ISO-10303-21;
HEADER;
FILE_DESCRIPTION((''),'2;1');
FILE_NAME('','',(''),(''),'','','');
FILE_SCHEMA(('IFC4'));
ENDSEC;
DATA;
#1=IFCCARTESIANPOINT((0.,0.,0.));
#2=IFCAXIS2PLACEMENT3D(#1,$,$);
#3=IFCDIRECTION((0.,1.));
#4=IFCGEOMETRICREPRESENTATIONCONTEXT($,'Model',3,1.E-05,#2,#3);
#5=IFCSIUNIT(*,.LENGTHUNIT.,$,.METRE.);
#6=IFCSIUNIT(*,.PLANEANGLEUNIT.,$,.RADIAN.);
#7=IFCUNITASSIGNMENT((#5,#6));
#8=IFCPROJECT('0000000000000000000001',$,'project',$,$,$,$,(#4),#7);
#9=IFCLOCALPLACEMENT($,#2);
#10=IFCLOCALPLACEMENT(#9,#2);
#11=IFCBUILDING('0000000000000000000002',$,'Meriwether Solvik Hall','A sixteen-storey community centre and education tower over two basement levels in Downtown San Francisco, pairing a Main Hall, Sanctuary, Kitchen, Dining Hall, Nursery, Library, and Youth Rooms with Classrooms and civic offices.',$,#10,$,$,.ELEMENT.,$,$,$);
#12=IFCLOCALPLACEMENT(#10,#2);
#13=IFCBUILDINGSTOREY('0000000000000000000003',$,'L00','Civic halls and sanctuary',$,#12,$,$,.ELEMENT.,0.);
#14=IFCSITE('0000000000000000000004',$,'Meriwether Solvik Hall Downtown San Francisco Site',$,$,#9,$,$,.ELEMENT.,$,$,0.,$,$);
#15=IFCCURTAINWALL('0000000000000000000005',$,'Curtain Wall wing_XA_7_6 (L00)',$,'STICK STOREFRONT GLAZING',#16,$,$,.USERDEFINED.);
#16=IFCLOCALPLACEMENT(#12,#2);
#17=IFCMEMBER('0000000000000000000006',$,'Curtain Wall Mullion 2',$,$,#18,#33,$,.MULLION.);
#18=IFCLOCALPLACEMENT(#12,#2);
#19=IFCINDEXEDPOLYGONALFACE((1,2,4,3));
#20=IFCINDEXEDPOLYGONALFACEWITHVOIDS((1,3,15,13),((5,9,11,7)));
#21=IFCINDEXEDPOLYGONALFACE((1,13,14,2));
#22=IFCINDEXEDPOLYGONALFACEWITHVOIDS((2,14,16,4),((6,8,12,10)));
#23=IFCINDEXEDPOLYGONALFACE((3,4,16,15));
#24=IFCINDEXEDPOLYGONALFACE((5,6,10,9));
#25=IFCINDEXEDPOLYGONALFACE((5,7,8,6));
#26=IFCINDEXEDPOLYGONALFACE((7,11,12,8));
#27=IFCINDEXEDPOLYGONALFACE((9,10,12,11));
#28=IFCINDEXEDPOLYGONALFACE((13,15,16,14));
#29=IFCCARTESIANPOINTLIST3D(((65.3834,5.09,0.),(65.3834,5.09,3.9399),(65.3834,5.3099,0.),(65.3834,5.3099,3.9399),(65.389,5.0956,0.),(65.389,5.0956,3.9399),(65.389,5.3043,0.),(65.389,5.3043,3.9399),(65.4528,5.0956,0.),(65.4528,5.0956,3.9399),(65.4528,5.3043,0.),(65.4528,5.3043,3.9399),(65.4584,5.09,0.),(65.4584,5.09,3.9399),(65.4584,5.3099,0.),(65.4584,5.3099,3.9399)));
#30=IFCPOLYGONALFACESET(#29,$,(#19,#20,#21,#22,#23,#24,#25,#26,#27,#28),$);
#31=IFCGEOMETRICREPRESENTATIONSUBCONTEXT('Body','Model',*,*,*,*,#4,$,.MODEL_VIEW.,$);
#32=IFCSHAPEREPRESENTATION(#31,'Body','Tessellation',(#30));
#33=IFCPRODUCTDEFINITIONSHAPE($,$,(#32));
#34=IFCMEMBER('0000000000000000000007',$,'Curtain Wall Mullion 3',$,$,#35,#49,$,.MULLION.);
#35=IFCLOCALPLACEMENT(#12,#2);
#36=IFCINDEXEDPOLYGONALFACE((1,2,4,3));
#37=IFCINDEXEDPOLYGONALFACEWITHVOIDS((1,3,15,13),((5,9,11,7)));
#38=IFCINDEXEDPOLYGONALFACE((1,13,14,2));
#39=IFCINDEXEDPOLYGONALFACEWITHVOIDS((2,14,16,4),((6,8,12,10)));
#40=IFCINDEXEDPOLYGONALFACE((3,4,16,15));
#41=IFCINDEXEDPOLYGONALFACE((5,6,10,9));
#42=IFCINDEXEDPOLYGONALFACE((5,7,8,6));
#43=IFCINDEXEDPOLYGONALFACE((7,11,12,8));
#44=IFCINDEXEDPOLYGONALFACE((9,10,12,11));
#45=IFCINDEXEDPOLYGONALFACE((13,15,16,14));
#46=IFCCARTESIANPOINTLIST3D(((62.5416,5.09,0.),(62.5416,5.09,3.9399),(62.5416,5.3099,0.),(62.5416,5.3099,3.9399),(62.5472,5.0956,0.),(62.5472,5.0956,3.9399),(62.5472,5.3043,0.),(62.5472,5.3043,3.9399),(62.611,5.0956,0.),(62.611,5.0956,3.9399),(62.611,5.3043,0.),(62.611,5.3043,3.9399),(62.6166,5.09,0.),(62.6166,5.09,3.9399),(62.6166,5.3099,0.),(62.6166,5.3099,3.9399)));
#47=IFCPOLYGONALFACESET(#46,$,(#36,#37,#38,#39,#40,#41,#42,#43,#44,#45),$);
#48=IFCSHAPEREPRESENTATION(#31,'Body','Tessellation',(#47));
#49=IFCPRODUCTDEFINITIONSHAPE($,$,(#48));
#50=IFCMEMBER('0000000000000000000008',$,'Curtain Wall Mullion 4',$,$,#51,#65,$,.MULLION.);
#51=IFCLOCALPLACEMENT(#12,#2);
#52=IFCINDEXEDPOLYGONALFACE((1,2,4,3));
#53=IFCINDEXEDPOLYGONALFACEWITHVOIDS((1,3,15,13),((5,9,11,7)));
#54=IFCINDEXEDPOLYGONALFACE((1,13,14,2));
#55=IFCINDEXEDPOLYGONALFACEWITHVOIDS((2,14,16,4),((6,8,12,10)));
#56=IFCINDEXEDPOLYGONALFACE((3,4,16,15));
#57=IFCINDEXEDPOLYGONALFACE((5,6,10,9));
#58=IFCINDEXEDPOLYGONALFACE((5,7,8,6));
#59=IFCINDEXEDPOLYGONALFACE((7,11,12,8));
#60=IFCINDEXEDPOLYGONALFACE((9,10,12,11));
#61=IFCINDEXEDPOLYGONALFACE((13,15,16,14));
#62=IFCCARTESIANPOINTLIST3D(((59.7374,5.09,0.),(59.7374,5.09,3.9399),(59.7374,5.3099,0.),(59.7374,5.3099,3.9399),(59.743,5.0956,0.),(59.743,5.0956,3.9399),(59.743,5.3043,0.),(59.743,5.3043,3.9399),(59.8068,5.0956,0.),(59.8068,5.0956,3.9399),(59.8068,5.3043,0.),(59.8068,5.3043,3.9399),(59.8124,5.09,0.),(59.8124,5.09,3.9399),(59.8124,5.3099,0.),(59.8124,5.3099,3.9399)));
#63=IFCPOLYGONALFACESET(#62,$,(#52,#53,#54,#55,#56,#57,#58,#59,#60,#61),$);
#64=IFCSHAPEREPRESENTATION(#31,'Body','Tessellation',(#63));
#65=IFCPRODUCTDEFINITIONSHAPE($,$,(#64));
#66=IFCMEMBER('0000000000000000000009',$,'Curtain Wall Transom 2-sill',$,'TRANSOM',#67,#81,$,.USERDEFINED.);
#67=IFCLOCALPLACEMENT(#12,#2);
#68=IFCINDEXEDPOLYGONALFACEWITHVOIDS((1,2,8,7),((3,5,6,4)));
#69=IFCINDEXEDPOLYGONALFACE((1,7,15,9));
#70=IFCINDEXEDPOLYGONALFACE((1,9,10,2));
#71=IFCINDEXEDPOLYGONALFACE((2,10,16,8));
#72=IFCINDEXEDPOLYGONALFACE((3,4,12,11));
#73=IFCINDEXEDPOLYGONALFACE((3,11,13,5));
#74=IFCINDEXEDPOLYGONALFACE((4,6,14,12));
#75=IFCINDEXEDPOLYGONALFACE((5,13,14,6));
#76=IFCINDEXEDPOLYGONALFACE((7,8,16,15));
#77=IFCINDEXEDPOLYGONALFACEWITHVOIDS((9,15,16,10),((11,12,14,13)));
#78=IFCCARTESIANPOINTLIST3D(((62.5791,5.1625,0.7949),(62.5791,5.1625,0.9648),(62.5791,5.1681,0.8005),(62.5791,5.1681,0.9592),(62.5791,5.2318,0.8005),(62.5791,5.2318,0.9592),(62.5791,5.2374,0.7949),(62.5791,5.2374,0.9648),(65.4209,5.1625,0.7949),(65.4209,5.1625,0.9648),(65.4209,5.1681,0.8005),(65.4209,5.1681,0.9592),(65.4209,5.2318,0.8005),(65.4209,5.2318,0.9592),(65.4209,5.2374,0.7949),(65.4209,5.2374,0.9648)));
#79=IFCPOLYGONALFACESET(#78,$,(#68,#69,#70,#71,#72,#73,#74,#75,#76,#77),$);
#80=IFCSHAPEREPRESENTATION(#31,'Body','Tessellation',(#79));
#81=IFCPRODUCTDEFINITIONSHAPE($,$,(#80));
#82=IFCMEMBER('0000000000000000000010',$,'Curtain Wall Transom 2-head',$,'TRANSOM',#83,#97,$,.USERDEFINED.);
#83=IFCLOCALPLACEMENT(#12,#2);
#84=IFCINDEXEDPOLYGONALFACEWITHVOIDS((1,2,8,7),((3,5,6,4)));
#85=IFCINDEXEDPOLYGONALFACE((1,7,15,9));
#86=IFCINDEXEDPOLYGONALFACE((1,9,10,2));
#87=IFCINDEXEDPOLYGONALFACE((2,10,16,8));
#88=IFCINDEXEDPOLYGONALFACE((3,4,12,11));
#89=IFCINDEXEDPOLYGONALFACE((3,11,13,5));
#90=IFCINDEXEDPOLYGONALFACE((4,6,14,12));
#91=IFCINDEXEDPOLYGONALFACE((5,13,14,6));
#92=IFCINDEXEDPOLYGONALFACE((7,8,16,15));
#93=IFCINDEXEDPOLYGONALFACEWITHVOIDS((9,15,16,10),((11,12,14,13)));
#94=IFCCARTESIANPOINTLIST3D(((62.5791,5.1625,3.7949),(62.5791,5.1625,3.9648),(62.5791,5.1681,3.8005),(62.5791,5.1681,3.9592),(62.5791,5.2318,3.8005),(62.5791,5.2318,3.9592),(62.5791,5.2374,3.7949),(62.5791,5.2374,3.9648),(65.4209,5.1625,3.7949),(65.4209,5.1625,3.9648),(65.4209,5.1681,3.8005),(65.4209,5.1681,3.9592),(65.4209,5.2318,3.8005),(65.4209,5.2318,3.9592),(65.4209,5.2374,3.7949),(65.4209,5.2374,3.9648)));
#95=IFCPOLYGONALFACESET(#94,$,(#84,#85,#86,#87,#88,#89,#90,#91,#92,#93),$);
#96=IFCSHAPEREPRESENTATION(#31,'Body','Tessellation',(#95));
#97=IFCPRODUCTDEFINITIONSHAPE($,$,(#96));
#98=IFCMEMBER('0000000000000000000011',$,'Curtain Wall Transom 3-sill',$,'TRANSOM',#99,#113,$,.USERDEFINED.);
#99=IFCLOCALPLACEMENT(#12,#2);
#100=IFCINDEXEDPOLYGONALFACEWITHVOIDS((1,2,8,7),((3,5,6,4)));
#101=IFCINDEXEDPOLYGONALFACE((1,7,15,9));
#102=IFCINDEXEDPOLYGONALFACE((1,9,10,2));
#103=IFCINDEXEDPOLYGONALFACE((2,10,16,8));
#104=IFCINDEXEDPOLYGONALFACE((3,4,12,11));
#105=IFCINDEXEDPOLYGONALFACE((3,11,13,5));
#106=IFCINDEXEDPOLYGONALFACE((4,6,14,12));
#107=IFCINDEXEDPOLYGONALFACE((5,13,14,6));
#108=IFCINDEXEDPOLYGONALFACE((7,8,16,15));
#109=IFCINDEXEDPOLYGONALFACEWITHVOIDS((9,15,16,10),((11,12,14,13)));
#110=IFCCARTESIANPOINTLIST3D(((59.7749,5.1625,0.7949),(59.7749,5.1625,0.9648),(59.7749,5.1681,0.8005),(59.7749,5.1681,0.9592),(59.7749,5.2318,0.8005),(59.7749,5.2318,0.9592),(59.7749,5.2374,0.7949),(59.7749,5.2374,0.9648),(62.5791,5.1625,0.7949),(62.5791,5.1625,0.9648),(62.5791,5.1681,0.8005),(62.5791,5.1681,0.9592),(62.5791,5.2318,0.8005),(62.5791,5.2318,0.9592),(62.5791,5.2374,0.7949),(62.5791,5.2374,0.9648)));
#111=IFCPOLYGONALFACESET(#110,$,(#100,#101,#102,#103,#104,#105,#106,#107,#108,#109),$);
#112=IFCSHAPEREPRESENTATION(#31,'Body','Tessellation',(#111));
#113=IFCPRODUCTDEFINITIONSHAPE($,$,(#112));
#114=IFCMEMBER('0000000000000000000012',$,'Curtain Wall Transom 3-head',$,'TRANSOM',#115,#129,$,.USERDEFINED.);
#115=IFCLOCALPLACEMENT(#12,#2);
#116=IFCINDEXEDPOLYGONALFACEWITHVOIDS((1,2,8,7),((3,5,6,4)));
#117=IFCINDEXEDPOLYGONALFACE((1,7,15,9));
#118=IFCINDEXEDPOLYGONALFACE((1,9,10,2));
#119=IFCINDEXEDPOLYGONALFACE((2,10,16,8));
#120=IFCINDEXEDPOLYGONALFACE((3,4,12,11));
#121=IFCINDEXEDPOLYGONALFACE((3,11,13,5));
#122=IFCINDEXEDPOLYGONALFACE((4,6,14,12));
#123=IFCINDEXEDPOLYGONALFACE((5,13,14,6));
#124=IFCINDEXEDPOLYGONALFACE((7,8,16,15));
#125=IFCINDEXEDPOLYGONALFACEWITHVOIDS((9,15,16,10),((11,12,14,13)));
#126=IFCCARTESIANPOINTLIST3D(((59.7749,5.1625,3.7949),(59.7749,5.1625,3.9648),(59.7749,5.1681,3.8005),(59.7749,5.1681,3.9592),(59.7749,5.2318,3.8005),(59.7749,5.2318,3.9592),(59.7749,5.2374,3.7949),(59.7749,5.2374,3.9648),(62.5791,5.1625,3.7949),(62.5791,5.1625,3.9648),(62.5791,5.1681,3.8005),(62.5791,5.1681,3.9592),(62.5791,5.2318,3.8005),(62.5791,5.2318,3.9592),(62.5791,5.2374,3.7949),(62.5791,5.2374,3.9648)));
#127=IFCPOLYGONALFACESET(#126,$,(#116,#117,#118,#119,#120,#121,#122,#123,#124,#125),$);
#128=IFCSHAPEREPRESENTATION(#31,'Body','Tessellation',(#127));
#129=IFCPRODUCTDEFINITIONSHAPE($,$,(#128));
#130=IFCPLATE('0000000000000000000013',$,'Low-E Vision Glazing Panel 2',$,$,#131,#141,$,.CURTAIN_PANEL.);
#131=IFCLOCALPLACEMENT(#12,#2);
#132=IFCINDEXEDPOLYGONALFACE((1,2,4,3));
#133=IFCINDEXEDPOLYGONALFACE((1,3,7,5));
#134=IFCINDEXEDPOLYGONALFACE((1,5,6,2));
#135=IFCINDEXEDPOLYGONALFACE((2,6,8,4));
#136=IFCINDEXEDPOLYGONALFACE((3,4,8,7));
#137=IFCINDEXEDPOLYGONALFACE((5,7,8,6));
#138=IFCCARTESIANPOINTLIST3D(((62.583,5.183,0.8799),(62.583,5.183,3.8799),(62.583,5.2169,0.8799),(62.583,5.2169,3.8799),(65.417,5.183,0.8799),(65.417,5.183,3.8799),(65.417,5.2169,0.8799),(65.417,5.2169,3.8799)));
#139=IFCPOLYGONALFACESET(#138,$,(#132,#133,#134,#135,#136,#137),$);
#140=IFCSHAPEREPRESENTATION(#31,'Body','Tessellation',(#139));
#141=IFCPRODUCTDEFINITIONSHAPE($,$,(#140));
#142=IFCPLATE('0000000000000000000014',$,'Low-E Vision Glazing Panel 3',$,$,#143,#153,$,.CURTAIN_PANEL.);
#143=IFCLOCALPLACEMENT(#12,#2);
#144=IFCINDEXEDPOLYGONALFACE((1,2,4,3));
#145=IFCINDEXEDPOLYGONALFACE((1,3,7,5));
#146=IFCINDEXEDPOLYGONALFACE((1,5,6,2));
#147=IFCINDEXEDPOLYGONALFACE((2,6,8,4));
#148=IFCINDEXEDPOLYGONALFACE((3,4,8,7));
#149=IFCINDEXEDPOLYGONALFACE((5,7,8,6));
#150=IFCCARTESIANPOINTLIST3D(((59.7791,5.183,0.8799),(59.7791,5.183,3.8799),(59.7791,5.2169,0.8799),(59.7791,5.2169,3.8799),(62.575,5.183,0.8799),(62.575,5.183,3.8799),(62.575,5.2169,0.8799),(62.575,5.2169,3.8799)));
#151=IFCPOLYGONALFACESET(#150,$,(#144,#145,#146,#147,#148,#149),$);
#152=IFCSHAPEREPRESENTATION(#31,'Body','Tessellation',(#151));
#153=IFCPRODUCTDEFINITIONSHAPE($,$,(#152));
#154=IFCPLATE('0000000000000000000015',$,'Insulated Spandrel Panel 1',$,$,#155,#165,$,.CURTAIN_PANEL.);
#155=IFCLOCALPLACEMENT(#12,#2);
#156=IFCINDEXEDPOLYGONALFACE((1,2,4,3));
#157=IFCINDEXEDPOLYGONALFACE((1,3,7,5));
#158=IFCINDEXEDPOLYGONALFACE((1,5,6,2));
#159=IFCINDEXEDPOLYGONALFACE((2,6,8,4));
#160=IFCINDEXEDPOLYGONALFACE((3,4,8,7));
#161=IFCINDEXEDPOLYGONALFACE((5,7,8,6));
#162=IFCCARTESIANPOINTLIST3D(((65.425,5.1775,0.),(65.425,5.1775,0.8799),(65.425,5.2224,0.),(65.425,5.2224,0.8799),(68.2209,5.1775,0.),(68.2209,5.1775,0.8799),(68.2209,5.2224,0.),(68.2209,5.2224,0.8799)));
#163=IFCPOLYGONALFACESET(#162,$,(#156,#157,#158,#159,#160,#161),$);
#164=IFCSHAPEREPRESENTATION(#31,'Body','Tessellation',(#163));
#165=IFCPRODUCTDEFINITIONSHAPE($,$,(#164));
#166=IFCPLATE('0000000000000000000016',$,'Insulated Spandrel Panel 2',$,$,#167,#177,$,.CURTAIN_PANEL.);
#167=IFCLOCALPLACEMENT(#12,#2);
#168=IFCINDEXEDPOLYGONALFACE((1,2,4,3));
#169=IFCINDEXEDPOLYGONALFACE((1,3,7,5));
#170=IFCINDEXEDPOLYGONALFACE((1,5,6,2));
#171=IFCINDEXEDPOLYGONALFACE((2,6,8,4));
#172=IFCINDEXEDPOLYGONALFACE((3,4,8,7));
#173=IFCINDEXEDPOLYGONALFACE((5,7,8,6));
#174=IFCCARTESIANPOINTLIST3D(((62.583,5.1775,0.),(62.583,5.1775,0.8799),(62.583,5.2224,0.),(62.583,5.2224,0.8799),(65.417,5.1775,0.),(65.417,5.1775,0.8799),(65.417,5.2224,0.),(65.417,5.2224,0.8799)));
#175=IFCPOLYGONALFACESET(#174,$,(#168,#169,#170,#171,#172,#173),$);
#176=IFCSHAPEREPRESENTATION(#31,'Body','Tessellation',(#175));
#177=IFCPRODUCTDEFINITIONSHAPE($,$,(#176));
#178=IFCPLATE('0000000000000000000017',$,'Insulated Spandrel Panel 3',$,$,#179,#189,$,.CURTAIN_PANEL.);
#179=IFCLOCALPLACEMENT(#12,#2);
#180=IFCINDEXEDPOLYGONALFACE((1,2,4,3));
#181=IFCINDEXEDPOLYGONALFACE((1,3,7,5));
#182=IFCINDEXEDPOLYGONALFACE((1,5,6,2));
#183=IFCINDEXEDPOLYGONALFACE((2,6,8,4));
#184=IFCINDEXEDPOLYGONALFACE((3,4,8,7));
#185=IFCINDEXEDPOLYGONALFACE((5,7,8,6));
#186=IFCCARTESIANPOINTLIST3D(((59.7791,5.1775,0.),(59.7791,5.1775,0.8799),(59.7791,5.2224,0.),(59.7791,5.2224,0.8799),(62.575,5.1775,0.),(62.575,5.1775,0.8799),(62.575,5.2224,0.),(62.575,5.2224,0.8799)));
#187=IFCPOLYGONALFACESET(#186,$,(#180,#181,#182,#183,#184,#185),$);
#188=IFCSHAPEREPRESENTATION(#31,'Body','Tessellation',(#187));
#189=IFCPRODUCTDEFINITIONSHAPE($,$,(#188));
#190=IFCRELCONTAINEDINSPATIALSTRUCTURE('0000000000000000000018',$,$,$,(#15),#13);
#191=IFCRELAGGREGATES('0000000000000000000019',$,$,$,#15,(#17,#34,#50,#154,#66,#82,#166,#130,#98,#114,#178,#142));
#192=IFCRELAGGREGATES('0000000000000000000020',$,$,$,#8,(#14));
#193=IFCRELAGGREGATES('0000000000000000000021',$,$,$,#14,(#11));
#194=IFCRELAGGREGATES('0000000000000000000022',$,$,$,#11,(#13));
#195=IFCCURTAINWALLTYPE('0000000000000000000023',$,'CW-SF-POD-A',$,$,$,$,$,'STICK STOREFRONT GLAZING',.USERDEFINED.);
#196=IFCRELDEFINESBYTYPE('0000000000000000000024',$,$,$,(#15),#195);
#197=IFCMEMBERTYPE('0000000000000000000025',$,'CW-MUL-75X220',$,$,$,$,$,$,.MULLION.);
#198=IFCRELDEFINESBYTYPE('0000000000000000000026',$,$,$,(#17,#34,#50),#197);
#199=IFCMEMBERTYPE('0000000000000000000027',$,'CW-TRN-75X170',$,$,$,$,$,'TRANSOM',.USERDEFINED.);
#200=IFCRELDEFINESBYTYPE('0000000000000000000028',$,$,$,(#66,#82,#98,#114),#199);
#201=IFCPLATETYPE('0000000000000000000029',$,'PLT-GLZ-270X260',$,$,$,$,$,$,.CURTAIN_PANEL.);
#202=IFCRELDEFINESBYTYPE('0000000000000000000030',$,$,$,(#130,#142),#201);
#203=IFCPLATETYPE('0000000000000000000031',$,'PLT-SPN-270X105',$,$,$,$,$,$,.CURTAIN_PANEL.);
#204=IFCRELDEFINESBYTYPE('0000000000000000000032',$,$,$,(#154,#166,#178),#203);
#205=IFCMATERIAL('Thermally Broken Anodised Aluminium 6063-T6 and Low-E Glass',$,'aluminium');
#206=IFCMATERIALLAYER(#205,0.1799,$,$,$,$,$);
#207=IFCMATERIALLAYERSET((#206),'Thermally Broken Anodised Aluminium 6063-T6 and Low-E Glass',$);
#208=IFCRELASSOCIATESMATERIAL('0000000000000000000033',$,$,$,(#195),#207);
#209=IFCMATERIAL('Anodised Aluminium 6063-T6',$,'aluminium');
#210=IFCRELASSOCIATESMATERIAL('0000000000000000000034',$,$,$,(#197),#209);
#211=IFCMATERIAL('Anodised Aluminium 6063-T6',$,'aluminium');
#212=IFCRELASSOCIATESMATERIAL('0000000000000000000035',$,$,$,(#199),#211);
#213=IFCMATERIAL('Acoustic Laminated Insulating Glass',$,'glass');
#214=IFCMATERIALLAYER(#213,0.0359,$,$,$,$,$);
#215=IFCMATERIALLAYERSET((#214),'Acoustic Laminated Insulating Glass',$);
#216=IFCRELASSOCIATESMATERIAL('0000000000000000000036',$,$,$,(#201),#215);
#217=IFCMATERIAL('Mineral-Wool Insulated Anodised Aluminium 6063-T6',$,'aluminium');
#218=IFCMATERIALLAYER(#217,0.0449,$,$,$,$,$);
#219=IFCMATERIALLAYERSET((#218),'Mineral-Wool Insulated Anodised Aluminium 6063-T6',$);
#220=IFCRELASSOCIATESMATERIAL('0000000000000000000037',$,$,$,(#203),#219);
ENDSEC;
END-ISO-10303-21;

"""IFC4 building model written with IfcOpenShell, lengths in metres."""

from ifc_helpers import new_model, si_unit, direction, frame, origin, origin_2d, place, context, subcontext, project, spatial, rectangle, hollow_rectangle, extrude, material, layer, layer_set, material_profile, profile_set, type_object, element, aggregate, save


model = new_model("IFC4")

# Units and contexts
model_context = context("Model", 3, precision=1e-05, world=origin(), true_north=direction((0.0, 1.0)))
body_context = subcontext(model_context, "Body", "Model", "MODEL_VIEW")
ifc_project = project(units=[si_unit("LENGTHUNIT", "METRE"), si_unit("PLANEANGLEUNIT", "RADIAN")], contexts=[model_context])

# Site, building, storey
site_placement = place(None, origin())
site = spatial("IfcSite", under=ifc_project, at=site_placement, Name="Meriwether Solvik Hall Downtown San Francisco Site", CompositionType="ELEMENT", RefElevation=0.0)
building_placement = place(site_placement, origin())
building = spatial("IfcBuilding", under=site, at=building_placement, Name="Meriwether Solvik Hall", Description="A sixteen-storey community centre and education tower over two basement levels in Downtown San Francisco, pairing a Main Hall, Sanctuary, Kitchen, Dining Hall, Nursery, Library, and Youth Rooms with Classrooms and civic offices.", CompositionType="ELEMENT")
storey_placement = place(building_placement, origin())
storey = spatial("IfcBuildingStorey", under=building, at=storey_placement, Name="L00", Description="Civic halls and sanctuary", CompositionType="ELEMENT", Elevation=0.0)

# Curtain wall, members, plates
ifc_material_1 = material(Name="Thermally Broken Anodised Aluminium 6063-T6 and Low-E Glass", Category="aluminium")
ifc_layer_1 = layer(ifc_material_1, 0.1799)
ifc_layer_set_1 = layer_set([ifc_layer_1], Name="Thermally Broken Anodised Aluminium 6063-T6 and Low-E Glass")
curtain_wall_type = type_object("IfcCurtainWallType", Name="CW-SF-POD-A", ElementType="STICK STOREFRONT GLAZING", PredefinedType="USERDEFINED", material=ifc_layer_set_1)
curtain_wall_placement = place(storey_placement, origin())
curtain_wall = element("IfcCurtainWall", 1, at=curtain_wall_placement, inside=storey, type_object=curtain_wall_type, Name="Curtain Wall wing_XA_7_6 (L00)", ObjectType="STICK STOREFRONT GLAZING", PredefinedType="USERDEFINED")
ifc_material_2 = material(Name="Anodised Aluminium 6063-T6", Category="aluminium")
ifc_material_profile_1 = material_profile(ifc_material_2, hollow_rectangle(XDim=0.075, YDim=0.22, WallThickness=0.0056, at=origin_2d()), Name="CWM-75X220")
ifc_profile_set_1 = profile_set([ifc_material_profile_1], Name="Anodised Aluminium 6063-T6")
member_type_1 = type_object("IfcMemberType", Name="CW-MUL-75X220", PredefinedType="MULLION", material=ifc_profile_set_1)
member_1_placement = place(storey_placement, frame((65.4209, 5.2, 0.0), z_axis=(0.0, 0.0, 1.0), x_axis=(-1.0, 0.0, 0.0)))
member_1 = element("IfcMember", 2, at=member_1_placement, type_object=member_type_1, Name="Curtain Wall Mullion 2", PredefinedType="MULLION", context=body_context, shape_type="SweptSolid", body=[
    extrude(hollow_rectangle(XDim=0.075, YDim=0.22, WallThickness=0.0056, at=origin_2d()), origin(), (0.0, 0.0, 1.0), 3.9399),
])
member_2_placement = place(storey_placement, frame((62.5791, 5.2, 0.0), z_axis=(0.0, 0.0, 1.0), x_axis=(-1.0, 0.0, 0.0)))
member_2 = element("IfcMember", 3, at=member_2_placement, type_object=member_type_1, Name="Curtain Wall Mullion 3", PredefinedType="MULLION", context=body_context, shape_type="SweptSolid", body=[
    extrude(hollow_rectangle(XDim=0.075, YDim=0.22, WallThickness=0.0056, at=origin_2d()), origin(), (0.0, 0.0, 1.0), 3.9399),
])
member_3_placement = place(storey_placement, frame((59.7749, 5.2, 0.0), z_axis=(0.0, 0.0, 1.0), x_axis=(-1.0, 0.0, 0.0)))
member_3 = element("IfcMember", 4, at=member_3_placement, type_object=member_type_1, Name="Curtain Wall Mullion 4", PredefinedType="MULLION", context=body_context, shape_type="SweptSolid", body=[
    extrude(hollow_rectangle(XDim=0.075, YDim=0.22, WallThickness=0.0056, at=origin_2d()), origin(), (0.0, 0.0, 1.0), 3.9399),
])
ifc_material_3 = material(Name="Anodised Aluminium 6063-T6", Category="aluminium")
ifc_material_profile_2 = material_profile(ifc_material_3, hollow_rectangle(XDim=0.075, YDim=0.1699, WallThickness=0.0056, at=origin_2d()), Name="CWT-75X170")
ifc_profile_set_2 = profile_set([ifc_material_profile_2], Name="Anodised Aluminium 6063-T6")
member_type_2 = type_object("IfcMemberType", Name="CW-TRN-75X170", ElementType="TRANSOM", PredefinedType="USERDEFINED", material=ifc_profile_set_2)
member_4_placement = place(storey_placement, frame((65.4209, 5.2, 0.8799), z_axis=(-1.0, 0.0, 0.0), x_axis=(0.0, -1.0, 0.0)))
member_4 = element("IfcMember", 5, at=member_4_placement, type_object=member_type_2, Name="Curtain Wall Transom 2-sill", ObjectType="TRANSOM", PredefinedType="USERDEFINED", context=body_context, shape_type="SweptSolid", body=[
    extrude(hollow_rectangle(XDim=0.075, YDim=0.1699, WallThickness=0.0056, at=origin_2d()), origin(), (0.0, 0.0, 1.0), 2.8418),
])
member_5_placement = place(storey_placement, frame((65.4209, 5.2, 3.8799), z_axis=(-1.0, 0.0, 0.0), x_axis=(0.0, -1.0, 0.0)))
member_5 = element("IfcMember", 6, at=member_5_placement, type_object=member_type_2, Name="Curtain Wall Transom 2-head", ObjectType="TRANSOM", PredefinedType="USERDEFINED", context=body_context, shape_type="SweptSolid", body=[
    extrude(hollow_rectangle(XDim=0.075, YDim=0.1699, WallThickness=0.0056, at=origin_2d()), origin(), (0.0, 0.0, 1.0), 2.8418),
])
member_6_placement = place(storey_placement, frame((62.5791, 5.2, 0.8799), z_axis=(-1.0, 0.0, 0.0), x_axis=(0.0, -1.0, 0.0)))
member_6 = element("IfcMember", 7, at=member_6_placement, type_object=member_type_2, Name="Curtain Wall Transom 3-sill", ObjectType="TRANSOM", PredefinedType="USERDEFINED", context=body_context, shape_type="SweptSolid", body=[
    extrude(hollow_rectangle(XDim=0.075, YDim=0.1699, WallThickness=0.0056, at=origin_2d()), origin(), (0.0, 0.0, 1.0), 2.8042),
])
member_7_placement = place(storey_placement, frame((62.5791, 5.2, 3.8799), z_axis=(-1.0, 0.0, 0.0), x_axis=(0.0, -1.0, 0.0)))
member_7 = element("IfcMember", 8, at=member_7_placement, type_object=member_type_2, Name="Curtain Wall Transom 3-head", ObjectType="TRANSOM", PredefinedType="USERDEFINED", context=body_context, shape_type="SweptSolid", body=[
    extrude(hollow_rectangle(XDim=0.075, YDim=0.1699, WallThickness=0.0056, at=origin_2d()), origin(), (0.0, 0.0, 1.0), 2.8042),
])
ifc_material_4 = material(Name="Acoustic Laminated Insulating Glass", Category="glass")
ifc_layer_2 = layer(ifc_material_4, 0.0359)
ifc_layer_set_2 = layer_set([ifc_layer_2], Name="Acoustic Laminated Insulating Glass")
plate_type_1 = type_object("IfcPlateType", Name="PLT-GLZ-270X260", PredefinedType="CURTAIN_PANEL", material=ifc_layer_set_2)
plate_1_placement = place(storey_placement, frame((64.0, 5.2, 0.8799), z_axis=(0.0, 0.0, 1.0), x_axis=(-1.0, 0.0, 0.0)))
plate_1 = element("IfcPlate", 9, at=plate_1_placement, type_object=plate_type_1, Name="Low-E Vision Glazing Panel 2", PredefinedType="CURTAIN_PANEL", context=body_context, shape_type="SweptSolid", body=[
    extrude(rectangle(XDim=2.834, YDim=0.0339, at=origin_2d()), origin(), (0.0, 0.0, 1.0), 3.0),
])
plate_2_placement = place(storey_placement, frame((61.177, 5.2, 0.8799), z_axis=(0.0, 0.0, 1.0), x_axis=(-1.0, 0.0, 0.0)))
plate_2 = element("IfcPlate", 10, at=plate_2_placement, type_object=plate_type_1, Name="Low-E Vision Glazing Panel 3", PredefinedType="CURTAIN_PANEL", context=body_context, shape_type="SweptSolid", body=[
    extrude(rectangle(XDim=2.7959, YDim=0.0339, at=origin_2d()), origin(), (0.0, 0.0, 1.0), 3.0),
])
ifc_material_5 = material(Name="Mineral-Wool Insulated Anodised Aluminium 6063-T6", Category="aluminium")
ifc_layer_3 = layer(ifc_material_5, 0.0449)
ifc_layer_set_3 = layer_set([ifc_layer_3], Name="Mineral-Wool Insulated Anodised Aluminium 6063-T6")
plate_type_2 = type_object("IfcPlateType", Name="PLT-SPN-270X105", PredefinedType="CURTAIN_PANEL", material=ifc_layer_set_3)
plate_3_placement = place(storey_placement, frame((66.823, 5.2, 0.0), z_axis=(0.0, 0.0, 1.0), x_axis=(-1.0, 0.0, 0.0)))
plate_3 = element("IfcPlate", 11, at=plate_3_placement, type_object=plate_type_2, Name="Insulated Spandrel Panel 1", PredefinedType="CURTAIN_PANEL", context=body_context, shape_type="SweptSolid", body=[
    extrude(rectangle(XDim=2.7959, YDim=0.0449, at=origin_2d()), origin(), (0.0, 0.0, 1.0), 0.8799),
])
plate_4_placement = place(storey_placement, frame((64.0, 5.2, 0.0), z_axis=(0.0, 0.0, 1.0), x_axis=(-1.0, 0.0, 0.0)))
plate_4 = element("IfcPlate", 12, at=plate_4_placement, type_object=plate_type_2, Name="Insulated Spandrel Panel 2", PredefinedType="CURTAIN_PANEL", context=body_context, shape_type="SweptSolid", body=[
    extrude(rectangle(XDim=2.834, YDim=0.0449, at=origin_2d()), origin(), (0.0, 0.0, 1.0), 0.8799),
])
plate_5_placement = place(storey_placement, frame((61.177, 5.2, 0.0), z_axis=(0.0, 0.0, 1.0), x_axis=(-1.0, 0.0, 0.0)))
plate_5 = element("IfcPlate", 13, at=plate_5_placement, type_object=plate_type_2, Name="Insulated Spandrel Panel 3", PredefinedType="CURTAIN_PANEL", context=body_context, shape_type="SweptSolid", body=[
    extrude(rectangle(XDim=2.7959, YDim=0.0449, at=origin_2d()), origin(), (0.0, 0.0, 1.0), 0.8799),
])
aggregate(curtain_wall, [member_1, member_2, member_3, plate_3, member_4, member_5, plate_4, plate_1, member_6, member_7, plate_5, plate_2])

save(model, "model.ifc")
